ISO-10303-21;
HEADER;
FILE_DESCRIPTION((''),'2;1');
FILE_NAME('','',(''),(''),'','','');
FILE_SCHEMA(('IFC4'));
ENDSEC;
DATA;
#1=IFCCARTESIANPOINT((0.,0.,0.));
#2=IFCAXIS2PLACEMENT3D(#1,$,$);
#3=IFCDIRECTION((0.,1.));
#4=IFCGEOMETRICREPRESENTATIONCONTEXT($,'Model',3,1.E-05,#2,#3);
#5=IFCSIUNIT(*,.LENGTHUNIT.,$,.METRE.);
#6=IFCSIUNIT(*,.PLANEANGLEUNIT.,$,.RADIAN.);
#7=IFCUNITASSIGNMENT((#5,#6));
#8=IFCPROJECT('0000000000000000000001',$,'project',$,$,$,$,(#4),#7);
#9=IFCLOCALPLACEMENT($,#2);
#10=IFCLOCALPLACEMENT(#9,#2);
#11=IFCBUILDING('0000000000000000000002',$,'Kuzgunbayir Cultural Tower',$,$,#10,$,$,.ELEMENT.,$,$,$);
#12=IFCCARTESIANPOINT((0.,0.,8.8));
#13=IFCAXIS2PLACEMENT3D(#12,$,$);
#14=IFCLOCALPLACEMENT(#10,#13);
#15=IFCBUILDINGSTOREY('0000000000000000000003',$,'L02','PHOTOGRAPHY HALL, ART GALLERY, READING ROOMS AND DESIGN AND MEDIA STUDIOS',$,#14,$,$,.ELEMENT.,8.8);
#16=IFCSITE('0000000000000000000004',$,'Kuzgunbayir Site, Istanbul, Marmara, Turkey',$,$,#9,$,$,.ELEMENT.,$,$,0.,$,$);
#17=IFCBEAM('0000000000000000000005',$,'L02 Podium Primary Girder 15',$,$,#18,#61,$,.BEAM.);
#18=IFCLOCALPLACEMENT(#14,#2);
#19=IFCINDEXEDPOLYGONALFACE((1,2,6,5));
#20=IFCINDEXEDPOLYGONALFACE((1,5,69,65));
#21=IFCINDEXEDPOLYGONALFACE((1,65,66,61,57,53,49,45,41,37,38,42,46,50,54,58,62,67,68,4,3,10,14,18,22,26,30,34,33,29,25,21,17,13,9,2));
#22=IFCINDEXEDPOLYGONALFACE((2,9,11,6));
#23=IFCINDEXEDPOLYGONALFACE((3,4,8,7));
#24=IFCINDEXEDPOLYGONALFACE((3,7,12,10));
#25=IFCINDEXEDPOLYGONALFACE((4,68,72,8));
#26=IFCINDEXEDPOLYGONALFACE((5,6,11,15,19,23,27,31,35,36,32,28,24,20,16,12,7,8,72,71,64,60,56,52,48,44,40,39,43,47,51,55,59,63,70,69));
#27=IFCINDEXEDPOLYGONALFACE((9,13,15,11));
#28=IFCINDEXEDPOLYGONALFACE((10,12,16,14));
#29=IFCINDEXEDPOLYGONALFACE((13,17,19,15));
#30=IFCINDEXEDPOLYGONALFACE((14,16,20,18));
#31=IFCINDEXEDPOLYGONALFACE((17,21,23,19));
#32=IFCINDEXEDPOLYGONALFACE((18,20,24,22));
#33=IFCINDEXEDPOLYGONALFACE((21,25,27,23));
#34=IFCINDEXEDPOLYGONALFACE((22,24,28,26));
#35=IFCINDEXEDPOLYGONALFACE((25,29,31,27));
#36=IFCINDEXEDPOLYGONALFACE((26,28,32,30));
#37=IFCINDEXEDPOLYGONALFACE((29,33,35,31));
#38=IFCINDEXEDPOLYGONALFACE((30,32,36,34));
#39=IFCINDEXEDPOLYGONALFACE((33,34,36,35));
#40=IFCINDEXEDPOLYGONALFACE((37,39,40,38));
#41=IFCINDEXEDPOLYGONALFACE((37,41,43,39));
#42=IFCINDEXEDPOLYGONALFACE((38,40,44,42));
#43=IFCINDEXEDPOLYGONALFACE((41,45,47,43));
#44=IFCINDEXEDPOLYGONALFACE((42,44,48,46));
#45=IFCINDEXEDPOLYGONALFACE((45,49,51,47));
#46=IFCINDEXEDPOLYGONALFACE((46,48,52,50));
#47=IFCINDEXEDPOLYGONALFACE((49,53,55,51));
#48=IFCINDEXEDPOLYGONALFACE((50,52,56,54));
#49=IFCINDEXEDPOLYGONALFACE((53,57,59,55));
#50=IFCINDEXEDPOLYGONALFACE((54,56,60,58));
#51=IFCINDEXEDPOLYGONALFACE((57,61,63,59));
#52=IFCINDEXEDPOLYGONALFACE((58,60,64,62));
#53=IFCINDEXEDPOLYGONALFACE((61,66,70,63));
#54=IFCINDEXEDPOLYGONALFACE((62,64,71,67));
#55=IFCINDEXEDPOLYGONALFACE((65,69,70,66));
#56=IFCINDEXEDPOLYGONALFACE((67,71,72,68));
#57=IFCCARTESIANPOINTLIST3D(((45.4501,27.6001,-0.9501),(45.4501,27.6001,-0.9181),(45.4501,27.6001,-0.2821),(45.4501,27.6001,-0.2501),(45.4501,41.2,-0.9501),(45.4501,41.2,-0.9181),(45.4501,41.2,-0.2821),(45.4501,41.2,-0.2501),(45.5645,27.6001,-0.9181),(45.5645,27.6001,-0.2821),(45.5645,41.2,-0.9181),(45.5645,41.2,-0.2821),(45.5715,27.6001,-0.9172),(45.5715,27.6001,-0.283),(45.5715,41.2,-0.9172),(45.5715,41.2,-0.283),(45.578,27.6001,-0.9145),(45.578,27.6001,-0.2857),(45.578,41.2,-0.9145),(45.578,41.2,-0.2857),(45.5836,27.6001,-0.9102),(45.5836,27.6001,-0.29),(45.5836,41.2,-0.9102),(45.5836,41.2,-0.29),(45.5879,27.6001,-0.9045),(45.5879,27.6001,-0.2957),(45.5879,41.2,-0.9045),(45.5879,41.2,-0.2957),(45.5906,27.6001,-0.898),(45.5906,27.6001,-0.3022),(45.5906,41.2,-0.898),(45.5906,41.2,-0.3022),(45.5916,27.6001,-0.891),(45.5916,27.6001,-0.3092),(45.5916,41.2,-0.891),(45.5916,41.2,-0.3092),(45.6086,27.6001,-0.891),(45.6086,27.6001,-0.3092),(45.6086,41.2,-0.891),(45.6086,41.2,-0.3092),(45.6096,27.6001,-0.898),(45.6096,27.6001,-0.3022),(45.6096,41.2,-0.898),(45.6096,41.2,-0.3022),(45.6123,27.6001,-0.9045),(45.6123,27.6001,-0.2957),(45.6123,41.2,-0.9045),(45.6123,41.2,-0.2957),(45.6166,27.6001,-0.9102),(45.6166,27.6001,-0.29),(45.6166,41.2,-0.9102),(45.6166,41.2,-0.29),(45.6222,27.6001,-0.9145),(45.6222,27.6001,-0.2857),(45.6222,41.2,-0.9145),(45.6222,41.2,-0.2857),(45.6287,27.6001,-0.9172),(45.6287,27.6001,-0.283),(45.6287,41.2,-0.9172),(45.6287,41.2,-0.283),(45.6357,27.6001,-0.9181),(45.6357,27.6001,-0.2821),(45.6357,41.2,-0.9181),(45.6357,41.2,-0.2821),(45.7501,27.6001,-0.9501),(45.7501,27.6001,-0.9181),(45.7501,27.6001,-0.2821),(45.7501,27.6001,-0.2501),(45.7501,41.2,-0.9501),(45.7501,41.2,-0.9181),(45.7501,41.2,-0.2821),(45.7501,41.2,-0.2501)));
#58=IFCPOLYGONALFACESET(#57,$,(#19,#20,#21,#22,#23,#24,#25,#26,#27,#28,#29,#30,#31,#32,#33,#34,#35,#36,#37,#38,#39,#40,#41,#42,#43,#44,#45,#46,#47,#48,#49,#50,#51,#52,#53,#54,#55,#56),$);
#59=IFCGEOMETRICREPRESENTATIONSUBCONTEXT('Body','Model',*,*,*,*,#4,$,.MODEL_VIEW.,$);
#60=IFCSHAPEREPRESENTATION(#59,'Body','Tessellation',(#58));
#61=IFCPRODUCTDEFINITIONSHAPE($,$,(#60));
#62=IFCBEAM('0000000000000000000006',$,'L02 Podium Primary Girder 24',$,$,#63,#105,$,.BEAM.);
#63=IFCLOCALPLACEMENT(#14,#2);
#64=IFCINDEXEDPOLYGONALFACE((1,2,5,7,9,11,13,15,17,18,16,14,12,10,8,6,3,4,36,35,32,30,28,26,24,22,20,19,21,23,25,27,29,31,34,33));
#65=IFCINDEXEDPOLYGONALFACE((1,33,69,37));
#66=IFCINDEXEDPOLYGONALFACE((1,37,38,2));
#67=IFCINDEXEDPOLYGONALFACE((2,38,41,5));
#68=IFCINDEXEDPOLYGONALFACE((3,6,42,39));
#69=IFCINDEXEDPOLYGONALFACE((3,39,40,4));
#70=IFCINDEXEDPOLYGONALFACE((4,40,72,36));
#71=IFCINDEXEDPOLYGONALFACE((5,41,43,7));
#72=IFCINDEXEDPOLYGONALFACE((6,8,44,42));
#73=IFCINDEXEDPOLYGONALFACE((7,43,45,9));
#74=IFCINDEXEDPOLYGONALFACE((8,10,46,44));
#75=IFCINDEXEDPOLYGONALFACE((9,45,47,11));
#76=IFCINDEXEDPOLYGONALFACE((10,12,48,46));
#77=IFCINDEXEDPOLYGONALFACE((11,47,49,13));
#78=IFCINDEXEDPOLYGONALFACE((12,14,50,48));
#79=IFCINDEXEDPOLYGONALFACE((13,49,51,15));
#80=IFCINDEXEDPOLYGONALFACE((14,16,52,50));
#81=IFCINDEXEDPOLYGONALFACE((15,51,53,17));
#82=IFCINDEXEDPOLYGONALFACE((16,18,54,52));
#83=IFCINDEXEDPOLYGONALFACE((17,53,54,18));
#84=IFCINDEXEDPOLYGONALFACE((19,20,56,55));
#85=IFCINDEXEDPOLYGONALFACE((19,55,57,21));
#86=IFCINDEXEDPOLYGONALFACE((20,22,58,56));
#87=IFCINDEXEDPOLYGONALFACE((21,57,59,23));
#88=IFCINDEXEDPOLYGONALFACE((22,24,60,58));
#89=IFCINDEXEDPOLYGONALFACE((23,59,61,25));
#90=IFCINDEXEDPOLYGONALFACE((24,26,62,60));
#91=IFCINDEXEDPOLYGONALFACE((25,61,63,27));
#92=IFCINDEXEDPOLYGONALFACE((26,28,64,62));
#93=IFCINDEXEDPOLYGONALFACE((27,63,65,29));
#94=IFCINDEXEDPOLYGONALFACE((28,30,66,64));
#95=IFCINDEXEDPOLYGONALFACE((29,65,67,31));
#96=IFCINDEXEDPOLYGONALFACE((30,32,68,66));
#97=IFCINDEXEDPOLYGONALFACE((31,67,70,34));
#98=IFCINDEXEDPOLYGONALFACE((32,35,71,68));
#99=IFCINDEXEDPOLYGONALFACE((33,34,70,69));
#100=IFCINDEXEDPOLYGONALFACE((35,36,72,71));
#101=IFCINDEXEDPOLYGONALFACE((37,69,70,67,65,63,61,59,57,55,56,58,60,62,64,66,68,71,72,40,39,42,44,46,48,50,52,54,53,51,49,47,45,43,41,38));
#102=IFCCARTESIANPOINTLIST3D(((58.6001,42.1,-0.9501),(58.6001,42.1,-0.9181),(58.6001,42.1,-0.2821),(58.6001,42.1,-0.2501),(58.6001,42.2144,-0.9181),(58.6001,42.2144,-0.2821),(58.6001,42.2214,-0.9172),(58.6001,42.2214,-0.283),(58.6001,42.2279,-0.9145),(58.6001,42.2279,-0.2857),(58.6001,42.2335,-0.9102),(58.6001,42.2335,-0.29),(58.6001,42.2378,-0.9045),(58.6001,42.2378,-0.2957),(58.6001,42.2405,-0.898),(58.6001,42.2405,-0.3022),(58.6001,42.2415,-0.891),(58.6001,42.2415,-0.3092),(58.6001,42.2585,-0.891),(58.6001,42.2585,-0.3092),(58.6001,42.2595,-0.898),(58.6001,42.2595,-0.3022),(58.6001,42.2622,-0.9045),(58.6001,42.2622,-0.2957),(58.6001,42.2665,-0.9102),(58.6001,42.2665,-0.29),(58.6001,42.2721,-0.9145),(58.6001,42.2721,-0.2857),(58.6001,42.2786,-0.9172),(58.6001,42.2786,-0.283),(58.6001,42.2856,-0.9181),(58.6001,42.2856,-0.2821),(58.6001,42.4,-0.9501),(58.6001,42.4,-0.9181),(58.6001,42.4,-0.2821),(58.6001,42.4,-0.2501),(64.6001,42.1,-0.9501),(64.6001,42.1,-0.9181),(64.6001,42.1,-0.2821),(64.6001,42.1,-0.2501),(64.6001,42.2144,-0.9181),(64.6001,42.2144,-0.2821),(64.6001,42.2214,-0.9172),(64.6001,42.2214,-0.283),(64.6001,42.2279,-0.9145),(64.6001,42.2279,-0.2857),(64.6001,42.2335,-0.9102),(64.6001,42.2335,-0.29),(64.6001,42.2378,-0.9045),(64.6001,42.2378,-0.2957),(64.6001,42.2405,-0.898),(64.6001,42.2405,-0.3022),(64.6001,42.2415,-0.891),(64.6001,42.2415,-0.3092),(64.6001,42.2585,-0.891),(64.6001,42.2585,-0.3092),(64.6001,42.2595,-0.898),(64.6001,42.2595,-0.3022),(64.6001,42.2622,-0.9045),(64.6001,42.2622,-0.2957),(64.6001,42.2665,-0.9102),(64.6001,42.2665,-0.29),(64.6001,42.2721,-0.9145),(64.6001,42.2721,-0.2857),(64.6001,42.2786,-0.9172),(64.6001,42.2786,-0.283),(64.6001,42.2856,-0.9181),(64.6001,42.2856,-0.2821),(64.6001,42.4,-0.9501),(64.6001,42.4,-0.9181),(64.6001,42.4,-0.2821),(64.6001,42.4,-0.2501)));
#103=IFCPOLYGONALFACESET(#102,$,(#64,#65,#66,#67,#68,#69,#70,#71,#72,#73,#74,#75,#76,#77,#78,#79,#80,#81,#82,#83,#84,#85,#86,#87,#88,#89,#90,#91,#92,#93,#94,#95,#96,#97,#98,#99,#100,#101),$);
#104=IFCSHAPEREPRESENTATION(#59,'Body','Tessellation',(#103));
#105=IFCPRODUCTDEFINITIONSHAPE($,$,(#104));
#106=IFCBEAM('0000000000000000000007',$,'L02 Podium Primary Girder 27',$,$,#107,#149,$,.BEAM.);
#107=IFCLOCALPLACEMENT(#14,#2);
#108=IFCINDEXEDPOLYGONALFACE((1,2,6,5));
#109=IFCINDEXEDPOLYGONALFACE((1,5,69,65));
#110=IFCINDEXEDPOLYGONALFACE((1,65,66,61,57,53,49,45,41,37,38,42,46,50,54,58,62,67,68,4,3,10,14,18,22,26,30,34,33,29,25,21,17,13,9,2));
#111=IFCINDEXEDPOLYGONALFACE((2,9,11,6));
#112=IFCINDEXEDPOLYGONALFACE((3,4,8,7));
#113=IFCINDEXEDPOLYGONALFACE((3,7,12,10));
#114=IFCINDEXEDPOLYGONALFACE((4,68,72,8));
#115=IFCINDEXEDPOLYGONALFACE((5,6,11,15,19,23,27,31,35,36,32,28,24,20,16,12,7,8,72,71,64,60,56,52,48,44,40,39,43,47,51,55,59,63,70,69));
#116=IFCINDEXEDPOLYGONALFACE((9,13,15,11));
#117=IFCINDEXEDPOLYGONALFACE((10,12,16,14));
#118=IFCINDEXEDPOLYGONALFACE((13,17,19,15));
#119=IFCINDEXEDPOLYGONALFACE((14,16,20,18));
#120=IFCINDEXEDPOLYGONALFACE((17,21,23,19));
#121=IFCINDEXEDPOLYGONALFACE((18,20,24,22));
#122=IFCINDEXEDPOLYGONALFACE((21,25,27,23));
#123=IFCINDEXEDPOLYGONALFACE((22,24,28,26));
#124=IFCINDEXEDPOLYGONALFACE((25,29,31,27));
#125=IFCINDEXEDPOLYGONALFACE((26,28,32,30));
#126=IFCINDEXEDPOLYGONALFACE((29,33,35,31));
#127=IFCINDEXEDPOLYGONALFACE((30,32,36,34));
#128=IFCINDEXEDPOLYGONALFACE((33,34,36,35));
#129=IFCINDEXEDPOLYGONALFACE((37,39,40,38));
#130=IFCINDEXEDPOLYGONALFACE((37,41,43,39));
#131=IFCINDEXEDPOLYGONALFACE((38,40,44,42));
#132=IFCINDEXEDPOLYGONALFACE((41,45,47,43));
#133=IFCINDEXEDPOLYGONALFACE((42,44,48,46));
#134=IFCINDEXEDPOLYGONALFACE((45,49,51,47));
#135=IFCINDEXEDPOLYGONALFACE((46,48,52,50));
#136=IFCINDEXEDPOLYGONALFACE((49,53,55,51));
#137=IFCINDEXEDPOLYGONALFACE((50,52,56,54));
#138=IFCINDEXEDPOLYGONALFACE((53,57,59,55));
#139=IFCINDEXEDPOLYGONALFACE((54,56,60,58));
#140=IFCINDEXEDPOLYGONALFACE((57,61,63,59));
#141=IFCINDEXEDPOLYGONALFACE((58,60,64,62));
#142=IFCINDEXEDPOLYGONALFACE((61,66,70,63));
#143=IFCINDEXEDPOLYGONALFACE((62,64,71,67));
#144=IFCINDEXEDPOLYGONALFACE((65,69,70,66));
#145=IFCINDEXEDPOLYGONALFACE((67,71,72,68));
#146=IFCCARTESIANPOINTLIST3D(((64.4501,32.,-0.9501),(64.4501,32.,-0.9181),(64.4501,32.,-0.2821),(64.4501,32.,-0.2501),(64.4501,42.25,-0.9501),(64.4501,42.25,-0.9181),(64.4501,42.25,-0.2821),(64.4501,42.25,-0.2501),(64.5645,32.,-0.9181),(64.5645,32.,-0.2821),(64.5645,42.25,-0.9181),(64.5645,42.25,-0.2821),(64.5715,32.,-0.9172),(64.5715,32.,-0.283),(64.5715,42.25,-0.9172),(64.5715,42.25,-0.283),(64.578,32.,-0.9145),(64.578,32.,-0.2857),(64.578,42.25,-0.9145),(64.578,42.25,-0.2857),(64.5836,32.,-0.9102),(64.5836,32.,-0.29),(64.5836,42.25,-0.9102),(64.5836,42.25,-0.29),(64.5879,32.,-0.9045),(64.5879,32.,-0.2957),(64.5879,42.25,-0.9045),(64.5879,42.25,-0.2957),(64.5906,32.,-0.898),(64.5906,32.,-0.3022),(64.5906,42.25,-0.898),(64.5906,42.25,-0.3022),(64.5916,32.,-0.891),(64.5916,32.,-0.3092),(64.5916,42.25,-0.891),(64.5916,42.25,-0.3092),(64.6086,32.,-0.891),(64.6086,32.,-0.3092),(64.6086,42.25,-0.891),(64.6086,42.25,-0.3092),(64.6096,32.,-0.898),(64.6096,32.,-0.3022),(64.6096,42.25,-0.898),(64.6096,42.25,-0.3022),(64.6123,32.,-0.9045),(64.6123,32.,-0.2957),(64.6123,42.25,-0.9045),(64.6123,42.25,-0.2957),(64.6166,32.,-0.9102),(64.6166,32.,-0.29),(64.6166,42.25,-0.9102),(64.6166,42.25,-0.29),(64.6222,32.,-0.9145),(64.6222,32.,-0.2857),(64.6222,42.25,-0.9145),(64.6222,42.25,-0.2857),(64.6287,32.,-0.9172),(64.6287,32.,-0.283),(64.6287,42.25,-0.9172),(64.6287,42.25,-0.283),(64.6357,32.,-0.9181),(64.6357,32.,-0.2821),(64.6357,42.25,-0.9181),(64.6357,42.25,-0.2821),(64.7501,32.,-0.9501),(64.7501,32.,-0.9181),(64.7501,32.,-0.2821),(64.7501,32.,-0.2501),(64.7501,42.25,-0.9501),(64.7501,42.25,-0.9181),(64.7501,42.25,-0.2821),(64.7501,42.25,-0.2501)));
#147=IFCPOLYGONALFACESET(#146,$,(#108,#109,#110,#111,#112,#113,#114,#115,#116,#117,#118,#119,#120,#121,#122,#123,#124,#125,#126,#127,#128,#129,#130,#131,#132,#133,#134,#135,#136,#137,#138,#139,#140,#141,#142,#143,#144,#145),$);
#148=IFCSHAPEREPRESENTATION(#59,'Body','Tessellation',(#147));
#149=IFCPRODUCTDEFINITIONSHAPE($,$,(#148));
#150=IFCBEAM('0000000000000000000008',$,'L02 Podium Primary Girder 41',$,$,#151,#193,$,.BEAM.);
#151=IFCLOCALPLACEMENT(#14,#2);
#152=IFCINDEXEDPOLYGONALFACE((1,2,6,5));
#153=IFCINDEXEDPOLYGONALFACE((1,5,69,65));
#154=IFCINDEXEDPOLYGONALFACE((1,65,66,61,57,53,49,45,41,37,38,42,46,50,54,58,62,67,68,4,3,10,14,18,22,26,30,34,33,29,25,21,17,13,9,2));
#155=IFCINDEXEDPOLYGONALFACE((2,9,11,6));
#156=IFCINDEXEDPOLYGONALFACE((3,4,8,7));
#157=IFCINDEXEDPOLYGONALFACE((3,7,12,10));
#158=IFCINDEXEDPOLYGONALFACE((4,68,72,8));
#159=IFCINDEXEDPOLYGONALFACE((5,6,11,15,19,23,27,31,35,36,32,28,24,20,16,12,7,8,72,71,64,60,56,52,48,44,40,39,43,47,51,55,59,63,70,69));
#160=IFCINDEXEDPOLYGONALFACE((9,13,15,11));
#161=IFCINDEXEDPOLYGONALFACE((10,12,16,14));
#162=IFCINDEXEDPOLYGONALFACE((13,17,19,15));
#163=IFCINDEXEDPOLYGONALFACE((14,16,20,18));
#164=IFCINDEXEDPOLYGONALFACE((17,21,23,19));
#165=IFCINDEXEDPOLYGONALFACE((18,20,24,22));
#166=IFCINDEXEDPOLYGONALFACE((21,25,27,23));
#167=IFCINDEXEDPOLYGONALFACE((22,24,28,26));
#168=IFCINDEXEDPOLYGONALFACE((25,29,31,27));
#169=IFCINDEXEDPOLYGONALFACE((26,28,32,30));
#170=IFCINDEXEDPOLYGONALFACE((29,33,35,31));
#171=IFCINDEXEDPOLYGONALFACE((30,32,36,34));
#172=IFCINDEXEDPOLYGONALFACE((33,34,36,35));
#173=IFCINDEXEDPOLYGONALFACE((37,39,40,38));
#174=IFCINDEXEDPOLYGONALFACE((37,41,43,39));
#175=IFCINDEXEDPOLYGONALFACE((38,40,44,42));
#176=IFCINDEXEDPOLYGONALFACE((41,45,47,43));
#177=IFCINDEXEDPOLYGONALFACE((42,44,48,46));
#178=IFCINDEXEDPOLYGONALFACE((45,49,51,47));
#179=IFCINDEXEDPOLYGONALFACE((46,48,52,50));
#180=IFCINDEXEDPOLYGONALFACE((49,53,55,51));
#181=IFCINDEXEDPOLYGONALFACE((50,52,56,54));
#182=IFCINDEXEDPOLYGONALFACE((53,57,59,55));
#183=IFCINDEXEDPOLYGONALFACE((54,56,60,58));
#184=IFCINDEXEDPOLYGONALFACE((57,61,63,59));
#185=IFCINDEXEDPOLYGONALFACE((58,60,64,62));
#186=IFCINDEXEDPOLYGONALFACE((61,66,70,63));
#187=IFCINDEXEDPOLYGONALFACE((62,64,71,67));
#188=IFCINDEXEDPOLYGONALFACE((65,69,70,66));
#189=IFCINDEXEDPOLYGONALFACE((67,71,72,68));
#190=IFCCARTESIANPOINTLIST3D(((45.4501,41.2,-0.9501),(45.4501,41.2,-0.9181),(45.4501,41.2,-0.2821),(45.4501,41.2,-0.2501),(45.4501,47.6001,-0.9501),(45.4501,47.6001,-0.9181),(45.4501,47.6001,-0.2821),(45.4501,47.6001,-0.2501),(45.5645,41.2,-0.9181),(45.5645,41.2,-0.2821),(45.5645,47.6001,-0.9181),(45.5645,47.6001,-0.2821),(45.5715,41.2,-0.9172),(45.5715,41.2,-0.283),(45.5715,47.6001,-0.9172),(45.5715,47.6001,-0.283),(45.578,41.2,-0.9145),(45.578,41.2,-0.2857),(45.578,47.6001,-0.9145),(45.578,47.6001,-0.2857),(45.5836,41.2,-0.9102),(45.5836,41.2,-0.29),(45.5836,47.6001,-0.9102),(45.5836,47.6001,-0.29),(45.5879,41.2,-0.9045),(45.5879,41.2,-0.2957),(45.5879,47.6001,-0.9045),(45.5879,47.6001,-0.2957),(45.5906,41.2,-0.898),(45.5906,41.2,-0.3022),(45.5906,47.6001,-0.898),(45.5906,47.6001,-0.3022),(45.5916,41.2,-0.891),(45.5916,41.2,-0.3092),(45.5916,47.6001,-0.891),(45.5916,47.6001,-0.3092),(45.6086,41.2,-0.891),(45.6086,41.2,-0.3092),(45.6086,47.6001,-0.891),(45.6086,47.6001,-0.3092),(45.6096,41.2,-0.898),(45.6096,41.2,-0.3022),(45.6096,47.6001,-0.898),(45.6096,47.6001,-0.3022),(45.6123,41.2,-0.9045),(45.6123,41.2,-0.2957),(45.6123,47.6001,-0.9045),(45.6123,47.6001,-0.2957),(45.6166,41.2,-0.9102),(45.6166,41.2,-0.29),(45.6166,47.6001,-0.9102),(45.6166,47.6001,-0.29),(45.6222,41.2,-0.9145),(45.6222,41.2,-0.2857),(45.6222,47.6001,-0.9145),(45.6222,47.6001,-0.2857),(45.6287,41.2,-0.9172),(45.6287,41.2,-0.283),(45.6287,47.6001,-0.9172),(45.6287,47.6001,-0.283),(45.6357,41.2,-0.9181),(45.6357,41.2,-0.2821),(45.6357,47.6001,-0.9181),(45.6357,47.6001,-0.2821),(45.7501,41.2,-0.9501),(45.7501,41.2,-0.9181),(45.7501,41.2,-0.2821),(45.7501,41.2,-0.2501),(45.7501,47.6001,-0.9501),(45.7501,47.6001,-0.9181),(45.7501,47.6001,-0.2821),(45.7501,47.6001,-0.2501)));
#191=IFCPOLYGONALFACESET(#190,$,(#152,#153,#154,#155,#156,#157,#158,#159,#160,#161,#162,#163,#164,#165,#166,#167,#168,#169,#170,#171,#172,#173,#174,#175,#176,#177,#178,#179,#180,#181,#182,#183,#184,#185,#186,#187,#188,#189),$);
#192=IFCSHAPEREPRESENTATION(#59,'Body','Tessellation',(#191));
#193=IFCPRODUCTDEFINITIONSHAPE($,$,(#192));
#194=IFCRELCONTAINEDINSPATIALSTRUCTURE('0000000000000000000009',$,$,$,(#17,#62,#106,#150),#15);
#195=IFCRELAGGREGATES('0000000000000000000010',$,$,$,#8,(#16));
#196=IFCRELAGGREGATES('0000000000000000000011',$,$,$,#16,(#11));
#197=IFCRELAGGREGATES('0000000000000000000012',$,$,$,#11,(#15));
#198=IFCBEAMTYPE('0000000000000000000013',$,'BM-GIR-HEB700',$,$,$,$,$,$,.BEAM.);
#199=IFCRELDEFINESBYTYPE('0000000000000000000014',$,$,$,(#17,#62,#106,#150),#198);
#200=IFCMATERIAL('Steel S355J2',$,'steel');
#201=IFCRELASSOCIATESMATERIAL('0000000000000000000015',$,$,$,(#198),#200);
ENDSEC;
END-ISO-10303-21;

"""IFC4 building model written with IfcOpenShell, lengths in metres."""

from ifc_helpers import new_model, si_unit, direction, frame, origin, origin_2d, place, context, subcontext, project, spatial, i_section, extrude, material, material_profile, profile_set, type_object, element, save


model = new_model("IFC4")

# Units and contexts
model_context = context("Model", 3, precision=1e-05, world=origin(), true_north=direction((0.0, 1.0)))
body_context = subcontext(model_context, "Body", "Model", "MODEL_VIEW")
ifc_project = project(units=[si_unit("LENGTHUNIT", "METRE"), si_unit("PLANEANGLEUNIT", "RADIAN")], contexts=[model_context])

# Site, building, storey
site_placement = place(None, origin())
site = spatial("IfcSite", under=ifc_project, at=site_placement, Name="Kuzgunbayir Site, Istanbul, Marmara, Turkey", CompositionType="ELEMENT", RefElevation=0.0)
building_placement = place(site_placement, origin())
building = spatial("IfcBuilding", under=site, at=building_placement, Name="Kuzgunbayir Cultural Tower", CompositionType="ELEMENT")
storey_placement = place(building_placement, frame((0.0, 0.0, 8.8)))
storey = spatial("IfcBuildingStorey", under=building, at=storey_placement, Name="L02", Description="PHOTOGRAPHY HALL, ART GALLERY, READING ROOMS AND DESIGN AND MEDIA STUDIOS", CompositionType="ELEMENT", Elevation=8.8)

# Beams
ifc_material_1 = material(Name="Steel S355J2", Category="steel")
ifc_material_profile_1 = material_profile(ifc_material_1, i_section(OverallWidth=0.3, OverallDepth=0.7, WebThickness=0.0171, FlangeThickness=0.032, FilletRadius=0.0271, at=origin_2d()), Name="HEB 700")
ifc_profile_set_1 = profile_set([ifc_material_profile_1], Name="Steel S355J2")
beam_type = type_object("IfcBeamType", Name="BM-GIR-HEB700", PredefinedType="BEAM", material=ifc_profile_set_1)
beam_1_placement = place(storey_placement, frame((45.6001, 27.6001, -0.6001), z_axis=(0.0, 1.0, 0.0), x_axis=(-1.0, 0.0, 0.0)))
element("IfcBeam", 1, at=beam_1_placement, inside=storey, type_object=beam_type, Name="L02 Podium Primary Girder 15", PredefinedType="BEAM", context=body_context, shape_type="SweptSolid", body=[
    extrude(i_section(OverallWidth=0.3, OverallDepth=0.7, WebThickness=0.0171, FlangeThickness=0.032, FilletRadius=0.0271, at=origin_2d()), origin(), (0.0, 0.0, 1.0), 13.5999),
])
beam_2_placement = place(storey_placement, frame((58.6001, 42.25, -0.6001), z_axis=(1.0, 0.0, 0.0), x_axis=(0.0, 1.0, 0.0)))
element("IfcBeam", 2, at=beam_2_placement, inside=storey, type_object=beam_type, Name="L02 Podium Primary Girder 24", PredefinedType="BEAM", context=body_context, shape_type="SweptSolid", body=[
    extrude(i_section(OverallWidth=0.3, OverallDepth=0.7, WebThickness=0.0171, FlangeThickness=0.032, FilletRadius=0.0271, at=origin_2d()), origin(), (0.0, 0.0, 1.0), 6.0),
])
beam_3_placement = place(storey_placement, frame((64.6001, 32.0, -0.6001), z_axis=(0.0, 1.0, 0.0), x_axis=(-1.0, 0.0, 0.0)))
element("IfcBeam", 3, at=beam_3_placement, inside=storey, type_object=beam_type, Name="L02 Podium Primary Girder 27", PredefinedType="BEAM", context=body_context, shape_type="SweptSolid", body=[
    extrude(i_section(OverallWidth=0.3, OverallDepth=0.7, WebThickness=0.0171, FlangeThickness=0.032, FilletRadius=0.0271, at=origin_2d()), origin(), (0.0, 0.0, 1.0), 10.25),
])
beam_4_placement = place(storey_placement, frame((45.6001, 41.2, -0.6001), z_axis=(0.0, 1.0, 0.0), x_axis=(-1.0, 0.0, 0.0)))
element("IfcBeam", 4, at=beam_4_placement, inside=storey, type_object=beam_type, Name="L02 Podium Primary Girder 41", PredefinedType="BEAM", context=body_context, shape_type="SweptSolid", body=[
    extrude(i_section(OverallWidth=0.3, OverallDepth=0.7, WebThickness=0.0171, FlangeThickness=0.032, FilletRadius=0.0271, at=origin_2d()), origin(), (0.0, 0.0, 1.0), 6.4001),
])

save(model, "model.ifc")
